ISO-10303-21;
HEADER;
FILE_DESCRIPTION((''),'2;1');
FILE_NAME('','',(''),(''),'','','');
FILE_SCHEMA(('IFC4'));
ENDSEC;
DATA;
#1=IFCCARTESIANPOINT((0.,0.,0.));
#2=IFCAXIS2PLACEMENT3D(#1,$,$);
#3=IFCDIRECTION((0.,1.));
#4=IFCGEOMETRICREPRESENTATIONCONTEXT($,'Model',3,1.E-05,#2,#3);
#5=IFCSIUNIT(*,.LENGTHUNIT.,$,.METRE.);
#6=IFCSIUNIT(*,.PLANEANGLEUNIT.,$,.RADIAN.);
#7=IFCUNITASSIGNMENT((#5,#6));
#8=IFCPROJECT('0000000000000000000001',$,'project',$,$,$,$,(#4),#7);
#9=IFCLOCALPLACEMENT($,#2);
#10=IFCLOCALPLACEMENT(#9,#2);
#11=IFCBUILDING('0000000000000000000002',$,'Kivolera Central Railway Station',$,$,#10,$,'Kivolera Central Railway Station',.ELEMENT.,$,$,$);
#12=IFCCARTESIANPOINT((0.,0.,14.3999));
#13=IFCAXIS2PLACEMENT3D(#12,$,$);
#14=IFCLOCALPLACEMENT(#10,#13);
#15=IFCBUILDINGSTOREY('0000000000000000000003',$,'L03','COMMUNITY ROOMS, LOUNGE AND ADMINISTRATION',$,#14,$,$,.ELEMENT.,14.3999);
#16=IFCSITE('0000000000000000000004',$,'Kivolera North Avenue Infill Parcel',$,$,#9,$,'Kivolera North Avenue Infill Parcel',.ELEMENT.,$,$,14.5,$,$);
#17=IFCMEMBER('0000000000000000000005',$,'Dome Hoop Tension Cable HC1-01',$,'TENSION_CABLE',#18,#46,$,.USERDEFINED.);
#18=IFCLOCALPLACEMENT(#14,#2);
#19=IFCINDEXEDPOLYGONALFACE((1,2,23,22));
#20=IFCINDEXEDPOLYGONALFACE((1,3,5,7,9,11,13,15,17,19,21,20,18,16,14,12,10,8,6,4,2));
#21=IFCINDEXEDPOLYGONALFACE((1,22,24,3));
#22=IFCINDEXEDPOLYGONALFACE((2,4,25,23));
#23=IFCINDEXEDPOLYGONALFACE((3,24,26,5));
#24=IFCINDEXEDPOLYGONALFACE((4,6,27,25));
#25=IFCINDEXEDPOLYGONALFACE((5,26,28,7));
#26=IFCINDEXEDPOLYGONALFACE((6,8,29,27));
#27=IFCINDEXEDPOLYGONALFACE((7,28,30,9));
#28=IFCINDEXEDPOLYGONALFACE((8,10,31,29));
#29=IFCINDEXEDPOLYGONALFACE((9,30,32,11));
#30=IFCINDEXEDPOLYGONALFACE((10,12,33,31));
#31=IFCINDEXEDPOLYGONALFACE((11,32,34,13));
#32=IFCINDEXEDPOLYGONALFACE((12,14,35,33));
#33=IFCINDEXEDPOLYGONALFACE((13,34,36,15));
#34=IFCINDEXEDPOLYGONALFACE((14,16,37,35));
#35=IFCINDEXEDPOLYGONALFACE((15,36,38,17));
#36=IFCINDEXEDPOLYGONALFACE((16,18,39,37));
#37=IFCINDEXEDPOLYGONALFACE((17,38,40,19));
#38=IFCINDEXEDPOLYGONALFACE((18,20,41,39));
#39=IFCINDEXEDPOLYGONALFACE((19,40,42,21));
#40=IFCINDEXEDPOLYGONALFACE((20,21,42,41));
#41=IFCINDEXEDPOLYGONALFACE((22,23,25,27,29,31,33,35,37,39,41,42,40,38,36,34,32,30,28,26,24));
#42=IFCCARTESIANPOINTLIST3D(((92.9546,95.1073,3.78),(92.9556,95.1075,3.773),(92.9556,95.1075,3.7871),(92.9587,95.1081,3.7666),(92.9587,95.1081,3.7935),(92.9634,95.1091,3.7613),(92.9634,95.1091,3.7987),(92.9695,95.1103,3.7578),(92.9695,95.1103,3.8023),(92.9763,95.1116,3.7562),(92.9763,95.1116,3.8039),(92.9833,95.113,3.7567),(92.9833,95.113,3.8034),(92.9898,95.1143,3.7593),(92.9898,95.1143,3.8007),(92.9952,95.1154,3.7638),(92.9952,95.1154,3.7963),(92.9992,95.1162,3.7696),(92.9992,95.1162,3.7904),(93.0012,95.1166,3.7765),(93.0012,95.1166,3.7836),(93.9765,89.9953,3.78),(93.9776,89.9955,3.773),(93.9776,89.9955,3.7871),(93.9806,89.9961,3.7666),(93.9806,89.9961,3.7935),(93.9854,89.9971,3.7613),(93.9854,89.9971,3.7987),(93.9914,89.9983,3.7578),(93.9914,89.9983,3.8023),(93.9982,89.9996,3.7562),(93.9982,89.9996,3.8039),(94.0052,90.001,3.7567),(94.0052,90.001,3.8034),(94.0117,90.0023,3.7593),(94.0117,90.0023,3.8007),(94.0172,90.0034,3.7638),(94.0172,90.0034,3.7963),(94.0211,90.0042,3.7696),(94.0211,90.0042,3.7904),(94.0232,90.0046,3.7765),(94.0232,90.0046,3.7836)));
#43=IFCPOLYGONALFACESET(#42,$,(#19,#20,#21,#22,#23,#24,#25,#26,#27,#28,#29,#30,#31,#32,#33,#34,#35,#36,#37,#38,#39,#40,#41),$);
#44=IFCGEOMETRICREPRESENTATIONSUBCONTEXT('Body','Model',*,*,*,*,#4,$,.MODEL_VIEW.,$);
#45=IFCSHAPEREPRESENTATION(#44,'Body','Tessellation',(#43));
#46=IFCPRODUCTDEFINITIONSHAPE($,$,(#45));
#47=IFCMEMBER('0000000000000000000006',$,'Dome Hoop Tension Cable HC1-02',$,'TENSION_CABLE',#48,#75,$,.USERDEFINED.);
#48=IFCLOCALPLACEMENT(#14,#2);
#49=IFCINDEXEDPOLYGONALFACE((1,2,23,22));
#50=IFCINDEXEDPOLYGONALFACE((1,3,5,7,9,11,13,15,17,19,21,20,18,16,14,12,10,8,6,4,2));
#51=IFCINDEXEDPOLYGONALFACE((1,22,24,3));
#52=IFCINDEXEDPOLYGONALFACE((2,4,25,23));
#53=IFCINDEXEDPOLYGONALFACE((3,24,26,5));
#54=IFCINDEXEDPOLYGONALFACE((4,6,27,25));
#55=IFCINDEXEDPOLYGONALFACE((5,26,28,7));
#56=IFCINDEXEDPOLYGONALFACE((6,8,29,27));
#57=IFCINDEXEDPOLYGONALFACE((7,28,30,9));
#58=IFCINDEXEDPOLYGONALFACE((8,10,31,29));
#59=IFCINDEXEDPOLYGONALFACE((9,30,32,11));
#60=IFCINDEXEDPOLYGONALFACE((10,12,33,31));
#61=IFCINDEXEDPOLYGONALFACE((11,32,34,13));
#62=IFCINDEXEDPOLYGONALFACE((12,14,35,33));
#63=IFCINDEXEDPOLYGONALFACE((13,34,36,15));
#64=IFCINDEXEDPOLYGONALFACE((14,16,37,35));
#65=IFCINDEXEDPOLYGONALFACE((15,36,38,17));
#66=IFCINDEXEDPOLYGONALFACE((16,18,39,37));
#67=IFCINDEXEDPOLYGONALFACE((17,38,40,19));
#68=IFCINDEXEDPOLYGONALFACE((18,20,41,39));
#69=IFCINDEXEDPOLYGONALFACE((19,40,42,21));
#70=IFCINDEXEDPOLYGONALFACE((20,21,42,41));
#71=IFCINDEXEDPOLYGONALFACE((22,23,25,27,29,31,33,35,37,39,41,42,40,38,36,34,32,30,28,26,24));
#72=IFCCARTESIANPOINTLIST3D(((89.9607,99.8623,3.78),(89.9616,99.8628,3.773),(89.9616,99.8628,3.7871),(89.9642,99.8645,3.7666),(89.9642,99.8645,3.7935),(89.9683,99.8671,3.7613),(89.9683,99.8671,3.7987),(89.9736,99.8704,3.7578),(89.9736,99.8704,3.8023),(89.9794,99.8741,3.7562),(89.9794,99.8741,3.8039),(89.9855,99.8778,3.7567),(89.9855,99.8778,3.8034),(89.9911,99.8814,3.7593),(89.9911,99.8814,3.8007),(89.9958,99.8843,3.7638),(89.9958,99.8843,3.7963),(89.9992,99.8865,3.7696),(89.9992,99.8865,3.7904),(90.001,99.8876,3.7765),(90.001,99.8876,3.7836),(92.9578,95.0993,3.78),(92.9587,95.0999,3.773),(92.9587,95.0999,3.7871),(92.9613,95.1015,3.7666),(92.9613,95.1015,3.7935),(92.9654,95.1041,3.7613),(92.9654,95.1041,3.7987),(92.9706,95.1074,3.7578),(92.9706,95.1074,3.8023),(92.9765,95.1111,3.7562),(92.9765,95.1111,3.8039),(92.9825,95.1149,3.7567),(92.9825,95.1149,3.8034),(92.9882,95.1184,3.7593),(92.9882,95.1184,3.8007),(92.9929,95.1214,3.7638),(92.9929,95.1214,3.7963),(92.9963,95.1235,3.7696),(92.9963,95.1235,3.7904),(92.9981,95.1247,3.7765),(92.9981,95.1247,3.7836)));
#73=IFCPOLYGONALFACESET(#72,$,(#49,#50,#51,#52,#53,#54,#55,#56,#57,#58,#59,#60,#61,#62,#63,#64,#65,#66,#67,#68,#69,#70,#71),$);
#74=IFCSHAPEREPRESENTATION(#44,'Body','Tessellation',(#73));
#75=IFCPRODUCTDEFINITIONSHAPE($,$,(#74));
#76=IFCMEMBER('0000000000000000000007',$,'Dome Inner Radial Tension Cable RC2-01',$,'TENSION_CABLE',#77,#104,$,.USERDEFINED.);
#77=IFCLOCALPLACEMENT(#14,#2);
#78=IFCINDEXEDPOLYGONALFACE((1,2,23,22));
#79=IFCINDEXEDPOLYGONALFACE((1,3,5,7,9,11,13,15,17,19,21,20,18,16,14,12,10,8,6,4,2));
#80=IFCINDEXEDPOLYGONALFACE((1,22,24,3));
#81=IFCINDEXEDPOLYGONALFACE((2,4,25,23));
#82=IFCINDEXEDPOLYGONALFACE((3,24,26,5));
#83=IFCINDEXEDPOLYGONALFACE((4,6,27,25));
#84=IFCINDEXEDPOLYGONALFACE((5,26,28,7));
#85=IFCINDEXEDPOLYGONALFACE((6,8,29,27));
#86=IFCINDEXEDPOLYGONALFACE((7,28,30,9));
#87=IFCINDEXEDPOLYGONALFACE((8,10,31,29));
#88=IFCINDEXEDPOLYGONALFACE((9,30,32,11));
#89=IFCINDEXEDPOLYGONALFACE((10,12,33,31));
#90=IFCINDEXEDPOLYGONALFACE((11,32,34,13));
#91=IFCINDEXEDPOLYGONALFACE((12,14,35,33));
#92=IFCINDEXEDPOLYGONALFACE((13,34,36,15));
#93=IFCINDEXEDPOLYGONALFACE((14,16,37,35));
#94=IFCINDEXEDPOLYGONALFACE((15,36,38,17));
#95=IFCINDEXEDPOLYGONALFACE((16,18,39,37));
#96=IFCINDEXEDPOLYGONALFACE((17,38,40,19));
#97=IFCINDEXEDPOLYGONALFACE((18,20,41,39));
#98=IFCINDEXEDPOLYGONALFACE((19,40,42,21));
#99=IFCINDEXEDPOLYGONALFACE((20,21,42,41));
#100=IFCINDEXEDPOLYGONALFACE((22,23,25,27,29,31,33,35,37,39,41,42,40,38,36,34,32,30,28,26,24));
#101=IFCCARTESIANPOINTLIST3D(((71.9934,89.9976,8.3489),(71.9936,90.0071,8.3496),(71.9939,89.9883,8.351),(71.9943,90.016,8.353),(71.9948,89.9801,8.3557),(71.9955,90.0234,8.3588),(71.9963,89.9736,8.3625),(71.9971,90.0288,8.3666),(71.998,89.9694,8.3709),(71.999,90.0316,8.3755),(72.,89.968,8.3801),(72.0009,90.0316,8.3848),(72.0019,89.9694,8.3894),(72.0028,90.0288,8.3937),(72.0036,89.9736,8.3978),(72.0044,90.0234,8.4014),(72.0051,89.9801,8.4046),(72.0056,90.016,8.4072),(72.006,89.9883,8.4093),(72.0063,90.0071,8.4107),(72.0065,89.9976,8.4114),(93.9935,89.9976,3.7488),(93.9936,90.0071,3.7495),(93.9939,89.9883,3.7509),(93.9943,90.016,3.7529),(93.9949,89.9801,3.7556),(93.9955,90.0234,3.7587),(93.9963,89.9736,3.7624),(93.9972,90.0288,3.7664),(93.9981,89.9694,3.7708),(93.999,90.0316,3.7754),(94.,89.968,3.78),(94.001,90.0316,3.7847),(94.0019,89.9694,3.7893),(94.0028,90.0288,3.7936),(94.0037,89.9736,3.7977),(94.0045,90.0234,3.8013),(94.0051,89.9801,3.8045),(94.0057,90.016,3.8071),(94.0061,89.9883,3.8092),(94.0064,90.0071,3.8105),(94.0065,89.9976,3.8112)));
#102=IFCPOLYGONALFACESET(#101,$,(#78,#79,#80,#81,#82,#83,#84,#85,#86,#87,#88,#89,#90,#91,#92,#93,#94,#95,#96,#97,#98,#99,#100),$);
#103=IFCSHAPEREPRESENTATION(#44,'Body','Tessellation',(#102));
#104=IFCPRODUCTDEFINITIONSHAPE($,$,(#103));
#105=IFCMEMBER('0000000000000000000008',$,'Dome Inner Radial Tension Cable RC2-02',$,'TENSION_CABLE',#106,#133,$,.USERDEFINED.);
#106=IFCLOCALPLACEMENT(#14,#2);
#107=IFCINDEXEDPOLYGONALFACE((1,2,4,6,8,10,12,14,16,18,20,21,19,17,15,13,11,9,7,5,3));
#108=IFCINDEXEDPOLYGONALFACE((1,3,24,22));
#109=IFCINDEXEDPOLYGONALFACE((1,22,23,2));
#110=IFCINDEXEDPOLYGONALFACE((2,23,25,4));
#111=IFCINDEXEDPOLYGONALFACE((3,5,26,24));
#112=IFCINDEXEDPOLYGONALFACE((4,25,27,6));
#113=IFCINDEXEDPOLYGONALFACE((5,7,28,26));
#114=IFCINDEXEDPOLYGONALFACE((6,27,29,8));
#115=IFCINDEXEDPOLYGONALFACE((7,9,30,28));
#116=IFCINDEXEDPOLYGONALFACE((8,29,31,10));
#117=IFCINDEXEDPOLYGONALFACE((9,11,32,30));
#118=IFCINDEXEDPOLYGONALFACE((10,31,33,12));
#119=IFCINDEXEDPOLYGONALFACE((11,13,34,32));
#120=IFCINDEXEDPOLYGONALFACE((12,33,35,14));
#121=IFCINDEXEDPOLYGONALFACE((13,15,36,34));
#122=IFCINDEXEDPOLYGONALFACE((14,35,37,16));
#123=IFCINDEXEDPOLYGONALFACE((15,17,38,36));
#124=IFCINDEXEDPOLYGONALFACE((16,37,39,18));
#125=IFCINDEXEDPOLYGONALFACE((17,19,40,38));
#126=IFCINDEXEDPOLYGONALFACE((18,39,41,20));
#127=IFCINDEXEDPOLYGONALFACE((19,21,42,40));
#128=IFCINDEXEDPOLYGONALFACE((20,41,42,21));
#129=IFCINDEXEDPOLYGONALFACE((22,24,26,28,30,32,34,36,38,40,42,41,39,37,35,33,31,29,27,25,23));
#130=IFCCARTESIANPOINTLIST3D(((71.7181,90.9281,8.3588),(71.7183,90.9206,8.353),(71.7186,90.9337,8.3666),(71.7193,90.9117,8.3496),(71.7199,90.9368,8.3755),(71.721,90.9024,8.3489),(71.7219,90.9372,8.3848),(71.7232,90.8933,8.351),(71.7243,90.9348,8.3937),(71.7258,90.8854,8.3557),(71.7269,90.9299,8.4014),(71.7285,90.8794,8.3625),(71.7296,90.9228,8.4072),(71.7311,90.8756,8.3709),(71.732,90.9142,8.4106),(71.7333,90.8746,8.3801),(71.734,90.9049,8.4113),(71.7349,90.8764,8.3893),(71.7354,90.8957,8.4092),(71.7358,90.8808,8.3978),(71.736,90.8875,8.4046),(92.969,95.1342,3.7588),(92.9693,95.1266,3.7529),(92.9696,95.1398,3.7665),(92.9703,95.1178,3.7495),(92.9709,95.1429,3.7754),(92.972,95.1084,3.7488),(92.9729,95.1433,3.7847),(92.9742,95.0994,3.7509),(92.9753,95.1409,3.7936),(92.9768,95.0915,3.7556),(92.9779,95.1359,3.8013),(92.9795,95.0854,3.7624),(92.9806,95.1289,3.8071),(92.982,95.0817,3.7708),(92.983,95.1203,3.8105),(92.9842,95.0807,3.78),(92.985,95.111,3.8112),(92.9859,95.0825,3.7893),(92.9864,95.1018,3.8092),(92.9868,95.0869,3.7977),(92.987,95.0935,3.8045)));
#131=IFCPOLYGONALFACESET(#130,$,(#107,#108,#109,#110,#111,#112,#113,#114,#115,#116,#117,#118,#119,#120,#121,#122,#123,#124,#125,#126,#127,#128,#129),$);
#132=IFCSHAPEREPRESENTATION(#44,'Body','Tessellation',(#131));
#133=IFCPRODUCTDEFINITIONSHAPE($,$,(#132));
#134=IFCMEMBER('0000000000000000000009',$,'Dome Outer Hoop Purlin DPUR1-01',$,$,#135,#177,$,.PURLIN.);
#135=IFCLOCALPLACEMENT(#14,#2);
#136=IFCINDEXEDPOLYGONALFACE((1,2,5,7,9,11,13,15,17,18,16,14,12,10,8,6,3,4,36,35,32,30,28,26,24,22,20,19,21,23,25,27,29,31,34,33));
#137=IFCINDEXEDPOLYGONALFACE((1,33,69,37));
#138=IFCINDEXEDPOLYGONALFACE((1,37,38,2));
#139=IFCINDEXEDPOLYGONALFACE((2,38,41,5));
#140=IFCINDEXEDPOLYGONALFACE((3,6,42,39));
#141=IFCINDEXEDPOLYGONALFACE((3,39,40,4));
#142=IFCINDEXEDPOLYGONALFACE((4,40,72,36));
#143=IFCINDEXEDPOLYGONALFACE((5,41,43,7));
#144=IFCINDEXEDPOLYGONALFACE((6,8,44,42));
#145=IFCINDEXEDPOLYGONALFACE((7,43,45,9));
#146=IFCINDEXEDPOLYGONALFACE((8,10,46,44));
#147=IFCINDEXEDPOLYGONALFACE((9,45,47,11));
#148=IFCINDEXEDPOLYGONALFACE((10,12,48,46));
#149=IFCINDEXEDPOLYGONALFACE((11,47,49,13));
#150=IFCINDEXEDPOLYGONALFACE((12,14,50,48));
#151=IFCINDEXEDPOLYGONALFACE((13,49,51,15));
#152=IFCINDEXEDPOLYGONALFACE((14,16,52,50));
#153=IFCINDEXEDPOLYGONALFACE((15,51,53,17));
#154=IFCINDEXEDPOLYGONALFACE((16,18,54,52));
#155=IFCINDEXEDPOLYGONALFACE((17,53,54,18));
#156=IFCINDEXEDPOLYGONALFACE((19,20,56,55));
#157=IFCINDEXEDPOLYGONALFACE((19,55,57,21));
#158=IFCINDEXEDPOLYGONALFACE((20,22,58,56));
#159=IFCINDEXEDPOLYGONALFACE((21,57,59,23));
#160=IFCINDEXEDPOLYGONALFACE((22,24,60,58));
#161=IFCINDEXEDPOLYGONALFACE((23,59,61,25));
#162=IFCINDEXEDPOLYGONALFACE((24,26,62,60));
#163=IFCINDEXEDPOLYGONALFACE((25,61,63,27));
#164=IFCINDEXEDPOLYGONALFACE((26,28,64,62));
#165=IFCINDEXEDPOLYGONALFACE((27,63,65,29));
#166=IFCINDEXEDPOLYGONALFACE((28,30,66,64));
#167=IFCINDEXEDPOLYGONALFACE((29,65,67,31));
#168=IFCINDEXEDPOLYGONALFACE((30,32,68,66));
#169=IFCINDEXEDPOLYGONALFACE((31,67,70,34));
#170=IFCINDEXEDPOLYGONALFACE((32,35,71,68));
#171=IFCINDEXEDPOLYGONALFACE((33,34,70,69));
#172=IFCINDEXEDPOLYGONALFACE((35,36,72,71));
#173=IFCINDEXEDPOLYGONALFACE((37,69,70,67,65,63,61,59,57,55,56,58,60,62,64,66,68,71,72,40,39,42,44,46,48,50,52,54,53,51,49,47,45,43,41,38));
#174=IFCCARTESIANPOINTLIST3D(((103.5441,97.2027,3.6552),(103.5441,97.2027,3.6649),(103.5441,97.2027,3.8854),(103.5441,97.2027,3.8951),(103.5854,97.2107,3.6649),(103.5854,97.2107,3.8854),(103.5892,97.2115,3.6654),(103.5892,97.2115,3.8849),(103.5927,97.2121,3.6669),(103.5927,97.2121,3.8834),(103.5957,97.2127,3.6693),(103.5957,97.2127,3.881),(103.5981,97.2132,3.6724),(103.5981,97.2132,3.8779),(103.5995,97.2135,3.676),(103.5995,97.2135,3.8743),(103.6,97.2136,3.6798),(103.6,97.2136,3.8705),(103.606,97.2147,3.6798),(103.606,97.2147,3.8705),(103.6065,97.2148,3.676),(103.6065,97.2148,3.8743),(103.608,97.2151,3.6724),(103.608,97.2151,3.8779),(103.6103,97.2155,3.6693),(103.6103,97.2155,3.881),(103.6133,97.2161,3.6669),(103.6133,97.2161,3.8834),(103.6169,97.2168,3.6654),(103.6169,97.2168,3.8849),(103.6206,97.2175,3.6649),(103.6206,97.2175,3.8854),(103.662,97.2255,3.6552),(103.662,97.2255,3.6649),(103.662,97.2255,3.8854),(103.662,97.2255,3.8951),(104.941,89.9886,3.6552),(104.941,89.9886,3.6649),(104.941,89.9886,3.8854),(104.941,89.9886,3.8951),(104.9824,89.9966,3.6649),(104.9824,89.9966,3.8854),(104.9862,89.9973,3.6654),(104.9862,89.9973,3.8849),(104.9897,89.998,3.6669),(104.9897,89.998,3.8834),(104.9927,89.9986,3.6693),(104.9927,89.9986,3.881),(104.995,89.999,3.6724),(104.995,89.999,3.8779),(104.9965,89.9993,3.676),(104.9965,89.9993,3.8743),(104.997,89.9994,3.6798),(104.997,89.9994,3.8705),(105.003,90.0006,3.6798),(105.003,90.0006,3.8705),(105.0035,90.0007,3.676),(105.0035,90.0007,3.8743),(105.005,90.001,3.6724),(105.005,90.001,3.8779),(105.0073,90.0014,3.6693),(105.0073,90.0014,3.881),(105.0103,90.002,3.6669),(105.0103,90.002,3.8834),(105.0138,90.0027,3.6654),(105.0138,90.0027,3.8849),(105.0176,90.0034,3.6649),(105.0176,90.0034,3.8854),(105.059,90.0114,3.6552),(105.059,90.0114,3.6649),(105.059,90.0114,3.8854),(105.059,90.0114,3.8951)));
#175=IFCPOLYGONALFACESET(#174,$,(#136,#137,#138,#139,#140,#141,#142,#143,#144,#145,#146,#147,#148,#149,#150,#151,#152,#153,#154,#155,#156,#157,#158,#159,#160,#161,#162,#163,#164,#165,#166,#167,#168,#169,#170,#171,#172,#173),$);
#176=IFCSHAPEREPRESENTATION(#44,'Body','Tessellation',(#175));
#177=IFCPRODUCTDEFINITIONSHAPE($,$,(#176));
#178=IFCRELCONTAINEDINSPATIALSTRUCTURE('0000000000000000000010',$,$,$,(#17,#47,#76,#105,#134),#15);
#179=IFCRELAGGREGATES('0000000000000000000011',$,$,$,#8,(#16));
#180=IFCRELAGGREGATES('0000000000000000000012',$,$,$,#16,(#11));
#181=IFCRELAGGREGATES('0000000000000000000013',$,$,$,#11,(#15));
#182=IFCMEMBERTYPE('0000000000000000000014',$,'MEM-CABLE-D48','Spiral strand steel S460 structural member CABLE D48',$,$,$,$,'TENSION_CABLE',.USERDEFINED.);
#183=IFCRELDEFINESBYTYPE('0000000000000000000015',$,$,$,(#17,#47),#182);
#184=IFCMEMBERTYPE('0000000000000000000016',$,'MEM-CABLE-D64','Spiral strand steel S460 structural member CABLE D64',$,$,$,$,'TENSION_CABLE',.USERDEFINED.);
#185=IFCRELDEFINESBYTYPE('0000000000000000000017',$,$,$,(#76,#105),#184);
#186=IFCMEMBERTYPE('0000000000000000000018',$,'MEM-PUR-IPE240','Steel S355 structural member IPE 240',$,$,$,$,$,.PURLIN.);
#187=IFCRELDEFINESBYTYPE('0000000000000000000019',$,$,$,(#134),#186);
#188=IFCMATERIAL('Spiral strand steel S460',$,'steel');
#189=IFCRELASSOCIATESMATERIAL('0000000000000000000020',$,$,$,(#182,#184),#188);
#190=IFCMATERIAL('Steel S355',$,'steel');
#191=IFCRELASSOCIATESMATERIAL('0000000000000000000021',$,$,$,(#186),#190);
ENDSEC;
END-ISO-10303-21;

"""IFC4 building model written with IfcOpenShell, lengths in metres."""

from ifc_helpers import new_model, si_unit, direction, frame, origin, origin_2d, place, context, subcontext, project, spatial, circle, i_section, extrude, material, material_profile, profile_set, type_object, element, save


model = new_model("IFC4")

# Units and contexts
model_context = context("Model", 3, precision=1e-05, world=origin(), true_north=direction((0.0, 1.0)))
body_context = subcontext(model_context, "Body", "Model", "MODEL_VIEW")
ifc_project = project(units=[si_unit("LENGTHUNIT", "METRE"), si_unit("PLANEANGLEUNIT", "RADIAN")], contexts=[model_context])

# Site, building, storey
site_placement = place(None, origin())
site = spatial("IfcSite", under=ifc_project, at=site_placement, Name="Kivolera North Avenue Infill Parcel", LongName="Kivolera North Avenue Infill Parcel", CompositionType="ELEMENT", RefElevation=14.5)
building_placement = place(site_placement, origin())
building = spatial("IfcBuilding", under=site, at=building_placement, Name="Kivolera Central Railway Station", LongName="Kivolera Central Railway Station", CompositionType="ELEMENT")
storey_placement = place(building_placement, frame((0.0, 0.0, 14.3999)))
storey = spatial("IfcBuildingStorey", under=building, at=storey_placement, Name="L03", Description="COMMUNITY ROOMS, LOUNGE AND ADMINISTRATION", CompositionType="ELEMENT", Elevation=14.3999)

# Shared definitions
ifc_material_1 = material(Name="Steel S355", Category="steel")

# Members
ifc_material_2 = material(Name="Spiral strand steel S460", Category="steel")
ifc_material_profile_1 = material_profile(ifc_material_2, circle(Radius=0.0239, at=origin_2d()), Name="CABLE D48")
ifc_profile_set_1 = profile_set([ifc_material_profile_1], Name="Spiral strand steel S460")
member_type_1 = type_object("IfcMemberType", Name="MEM-CABLE-D48", Description="Spiral strand steel S460 structural member CABLE D48", ElementType="TENSION_CABLE", PredefinedType="USERDEFINED", material=ifc_profile_set_1)
member_1_placement = place(storey_placement, frame((94.0, 90.0, 3.78), z_axis=(-0.196035, 0.980597, 0.0), x_axis=(-0.980597, -0.196035, 0.0)))
element("IfcMember", 1, at=member_1_placement, inside=storey, type_object=member_type_1, Name="Dome Hoop Tension Cable HC1-01", ObjectType="TENSION_CABLE", PredefinedType="USERDEFINED", context=body_context, shape_type="SweptSolid", body=[
    extrude(circle(Radius=0.0239, at=origin_2d()), origin(), (0.0, 0.0, 1.0), 5.2131),
])
member_2_placement = place(storey_placement, frame((92.978, 95.1121, 3.78), z_axis=(-0.532582, 0.846378, 0.0), x_axis=(-0.846378, -0.532582, 0.0)))
element("IfcMember", 2, at=member_2_placement, inside=storey, type_object=member_type_1, Name="Dome Hoop Tension Cable HC1-02", ObjectType="TENSION_CABLE", PredefinedType="USERDEFINED", context=body_context, shape_type="SweptSolid", body=[
    extrude(circle(Radius=0.0239, at=origin_2d()), origin(), (0.0, 0.0, 1.0), 5.6274),
])
ifc_material_profile_2 = material_profile(ifc_material_2, circle(Radius=0.032, at=origin_2d()), Name="CABLE D64")
ifc_profile_set_2 = profile_set([ifc_material_profile_2], Name="Spiral strand steel S460")
member_type_2 = type_object("IfcMemberType", Name="MEM-CABLE-D64", Description="Spiral strand steel S460 structural member CABLE D64", ElementType="TENSION_CABLE", PredefinedType="USERDEFINED", material=ifc_profile_set_2)
member_3_placement = place(storey_placement, frame((94.0, 90.0, 3.78), z_axis=(-0.978831, 0.0, 0.204669), x_axis=(0.0, -1.0, 0.0)))
element("IfcMember", 3, at=member_3_placement, inside=storey, type_object=member_type_2, Name="Dome Inner Radial Tension Cable RC2-01", ObjectType="TENSION_CABLE", PredefinedType="USERDEFINED", context=body_context, shape_type="SweptSolid", body=[
    extrude(circle(Radius=0.032, at=origin_2d()), origin(), (0.0, 0.0, 1.0), 22.4758),
])
member_4_placement = place(storey_placement, frame((92.978, 95.1121, 3.78), z_axis=(-0.959575, -0.189922, 0.207715), x_axis=(0.194157, -0.980971, 0.0)))
element("IfcMember", 4, at=member_4_placement, inside=storey, type_object=member_type_2, Name="Dome Inner Radial Tension Cable RC2-02", ObjectType="TENSION_CABLE", PredefinedType="USERDEFINED", context=body_context, shape_type="SweptSolid", body=[
    extrude(circle(Radius=0.032, at=origin_2d()), origin(), (0.0, 0.0, 1.0), 22.1462),
])
ifc_material_profile_3 = material_profile(ifc_material_1, i_section(OverallWidth=0.1201, OverallDepth=0.24, WebThickness=0.0061, FlangeThickness=0.0098, FilletRadius=0.0149, at=origin_2d()), Name="IPE 240")
ifc_profile_set_3 = profile_set([ifc_material_profile_3], Name="Steel S355")
member_type_3 = type_object("IfcMemberType", Name="MEM-PUR-IPE240", Description="Steel S355 structural member IPE 240", PredefinedType="PURLIN", material=ifc_profile_set_3)
member_5_placement = place(storey_placement, frame((105.0, 90.0, 3.7751), z_axis=(-0.190113, 0.981762, 0.0), x_axis=(-0.981762, -0.190113, 0.0)))
element("IfcMember", 5, at=member_5_placement, inside=storey, type_object=member_type_3, Name="Dome Outer Hoop Purlin DPUR1-01", PredefinedType="PURLIN", context=body_context, shape_type="SweptSolid", body=[
    extrude(i_section(OverallWidth=0.1201, OverallDepth=0.24, WebThickness=0.0061, FlangeThickness=0.0098, FilletRadius=0.0149, at=origin_2d()), origin(), (0.0, 0.0, 1.0), 7.3481),
])

save(model, "model.ifc")
